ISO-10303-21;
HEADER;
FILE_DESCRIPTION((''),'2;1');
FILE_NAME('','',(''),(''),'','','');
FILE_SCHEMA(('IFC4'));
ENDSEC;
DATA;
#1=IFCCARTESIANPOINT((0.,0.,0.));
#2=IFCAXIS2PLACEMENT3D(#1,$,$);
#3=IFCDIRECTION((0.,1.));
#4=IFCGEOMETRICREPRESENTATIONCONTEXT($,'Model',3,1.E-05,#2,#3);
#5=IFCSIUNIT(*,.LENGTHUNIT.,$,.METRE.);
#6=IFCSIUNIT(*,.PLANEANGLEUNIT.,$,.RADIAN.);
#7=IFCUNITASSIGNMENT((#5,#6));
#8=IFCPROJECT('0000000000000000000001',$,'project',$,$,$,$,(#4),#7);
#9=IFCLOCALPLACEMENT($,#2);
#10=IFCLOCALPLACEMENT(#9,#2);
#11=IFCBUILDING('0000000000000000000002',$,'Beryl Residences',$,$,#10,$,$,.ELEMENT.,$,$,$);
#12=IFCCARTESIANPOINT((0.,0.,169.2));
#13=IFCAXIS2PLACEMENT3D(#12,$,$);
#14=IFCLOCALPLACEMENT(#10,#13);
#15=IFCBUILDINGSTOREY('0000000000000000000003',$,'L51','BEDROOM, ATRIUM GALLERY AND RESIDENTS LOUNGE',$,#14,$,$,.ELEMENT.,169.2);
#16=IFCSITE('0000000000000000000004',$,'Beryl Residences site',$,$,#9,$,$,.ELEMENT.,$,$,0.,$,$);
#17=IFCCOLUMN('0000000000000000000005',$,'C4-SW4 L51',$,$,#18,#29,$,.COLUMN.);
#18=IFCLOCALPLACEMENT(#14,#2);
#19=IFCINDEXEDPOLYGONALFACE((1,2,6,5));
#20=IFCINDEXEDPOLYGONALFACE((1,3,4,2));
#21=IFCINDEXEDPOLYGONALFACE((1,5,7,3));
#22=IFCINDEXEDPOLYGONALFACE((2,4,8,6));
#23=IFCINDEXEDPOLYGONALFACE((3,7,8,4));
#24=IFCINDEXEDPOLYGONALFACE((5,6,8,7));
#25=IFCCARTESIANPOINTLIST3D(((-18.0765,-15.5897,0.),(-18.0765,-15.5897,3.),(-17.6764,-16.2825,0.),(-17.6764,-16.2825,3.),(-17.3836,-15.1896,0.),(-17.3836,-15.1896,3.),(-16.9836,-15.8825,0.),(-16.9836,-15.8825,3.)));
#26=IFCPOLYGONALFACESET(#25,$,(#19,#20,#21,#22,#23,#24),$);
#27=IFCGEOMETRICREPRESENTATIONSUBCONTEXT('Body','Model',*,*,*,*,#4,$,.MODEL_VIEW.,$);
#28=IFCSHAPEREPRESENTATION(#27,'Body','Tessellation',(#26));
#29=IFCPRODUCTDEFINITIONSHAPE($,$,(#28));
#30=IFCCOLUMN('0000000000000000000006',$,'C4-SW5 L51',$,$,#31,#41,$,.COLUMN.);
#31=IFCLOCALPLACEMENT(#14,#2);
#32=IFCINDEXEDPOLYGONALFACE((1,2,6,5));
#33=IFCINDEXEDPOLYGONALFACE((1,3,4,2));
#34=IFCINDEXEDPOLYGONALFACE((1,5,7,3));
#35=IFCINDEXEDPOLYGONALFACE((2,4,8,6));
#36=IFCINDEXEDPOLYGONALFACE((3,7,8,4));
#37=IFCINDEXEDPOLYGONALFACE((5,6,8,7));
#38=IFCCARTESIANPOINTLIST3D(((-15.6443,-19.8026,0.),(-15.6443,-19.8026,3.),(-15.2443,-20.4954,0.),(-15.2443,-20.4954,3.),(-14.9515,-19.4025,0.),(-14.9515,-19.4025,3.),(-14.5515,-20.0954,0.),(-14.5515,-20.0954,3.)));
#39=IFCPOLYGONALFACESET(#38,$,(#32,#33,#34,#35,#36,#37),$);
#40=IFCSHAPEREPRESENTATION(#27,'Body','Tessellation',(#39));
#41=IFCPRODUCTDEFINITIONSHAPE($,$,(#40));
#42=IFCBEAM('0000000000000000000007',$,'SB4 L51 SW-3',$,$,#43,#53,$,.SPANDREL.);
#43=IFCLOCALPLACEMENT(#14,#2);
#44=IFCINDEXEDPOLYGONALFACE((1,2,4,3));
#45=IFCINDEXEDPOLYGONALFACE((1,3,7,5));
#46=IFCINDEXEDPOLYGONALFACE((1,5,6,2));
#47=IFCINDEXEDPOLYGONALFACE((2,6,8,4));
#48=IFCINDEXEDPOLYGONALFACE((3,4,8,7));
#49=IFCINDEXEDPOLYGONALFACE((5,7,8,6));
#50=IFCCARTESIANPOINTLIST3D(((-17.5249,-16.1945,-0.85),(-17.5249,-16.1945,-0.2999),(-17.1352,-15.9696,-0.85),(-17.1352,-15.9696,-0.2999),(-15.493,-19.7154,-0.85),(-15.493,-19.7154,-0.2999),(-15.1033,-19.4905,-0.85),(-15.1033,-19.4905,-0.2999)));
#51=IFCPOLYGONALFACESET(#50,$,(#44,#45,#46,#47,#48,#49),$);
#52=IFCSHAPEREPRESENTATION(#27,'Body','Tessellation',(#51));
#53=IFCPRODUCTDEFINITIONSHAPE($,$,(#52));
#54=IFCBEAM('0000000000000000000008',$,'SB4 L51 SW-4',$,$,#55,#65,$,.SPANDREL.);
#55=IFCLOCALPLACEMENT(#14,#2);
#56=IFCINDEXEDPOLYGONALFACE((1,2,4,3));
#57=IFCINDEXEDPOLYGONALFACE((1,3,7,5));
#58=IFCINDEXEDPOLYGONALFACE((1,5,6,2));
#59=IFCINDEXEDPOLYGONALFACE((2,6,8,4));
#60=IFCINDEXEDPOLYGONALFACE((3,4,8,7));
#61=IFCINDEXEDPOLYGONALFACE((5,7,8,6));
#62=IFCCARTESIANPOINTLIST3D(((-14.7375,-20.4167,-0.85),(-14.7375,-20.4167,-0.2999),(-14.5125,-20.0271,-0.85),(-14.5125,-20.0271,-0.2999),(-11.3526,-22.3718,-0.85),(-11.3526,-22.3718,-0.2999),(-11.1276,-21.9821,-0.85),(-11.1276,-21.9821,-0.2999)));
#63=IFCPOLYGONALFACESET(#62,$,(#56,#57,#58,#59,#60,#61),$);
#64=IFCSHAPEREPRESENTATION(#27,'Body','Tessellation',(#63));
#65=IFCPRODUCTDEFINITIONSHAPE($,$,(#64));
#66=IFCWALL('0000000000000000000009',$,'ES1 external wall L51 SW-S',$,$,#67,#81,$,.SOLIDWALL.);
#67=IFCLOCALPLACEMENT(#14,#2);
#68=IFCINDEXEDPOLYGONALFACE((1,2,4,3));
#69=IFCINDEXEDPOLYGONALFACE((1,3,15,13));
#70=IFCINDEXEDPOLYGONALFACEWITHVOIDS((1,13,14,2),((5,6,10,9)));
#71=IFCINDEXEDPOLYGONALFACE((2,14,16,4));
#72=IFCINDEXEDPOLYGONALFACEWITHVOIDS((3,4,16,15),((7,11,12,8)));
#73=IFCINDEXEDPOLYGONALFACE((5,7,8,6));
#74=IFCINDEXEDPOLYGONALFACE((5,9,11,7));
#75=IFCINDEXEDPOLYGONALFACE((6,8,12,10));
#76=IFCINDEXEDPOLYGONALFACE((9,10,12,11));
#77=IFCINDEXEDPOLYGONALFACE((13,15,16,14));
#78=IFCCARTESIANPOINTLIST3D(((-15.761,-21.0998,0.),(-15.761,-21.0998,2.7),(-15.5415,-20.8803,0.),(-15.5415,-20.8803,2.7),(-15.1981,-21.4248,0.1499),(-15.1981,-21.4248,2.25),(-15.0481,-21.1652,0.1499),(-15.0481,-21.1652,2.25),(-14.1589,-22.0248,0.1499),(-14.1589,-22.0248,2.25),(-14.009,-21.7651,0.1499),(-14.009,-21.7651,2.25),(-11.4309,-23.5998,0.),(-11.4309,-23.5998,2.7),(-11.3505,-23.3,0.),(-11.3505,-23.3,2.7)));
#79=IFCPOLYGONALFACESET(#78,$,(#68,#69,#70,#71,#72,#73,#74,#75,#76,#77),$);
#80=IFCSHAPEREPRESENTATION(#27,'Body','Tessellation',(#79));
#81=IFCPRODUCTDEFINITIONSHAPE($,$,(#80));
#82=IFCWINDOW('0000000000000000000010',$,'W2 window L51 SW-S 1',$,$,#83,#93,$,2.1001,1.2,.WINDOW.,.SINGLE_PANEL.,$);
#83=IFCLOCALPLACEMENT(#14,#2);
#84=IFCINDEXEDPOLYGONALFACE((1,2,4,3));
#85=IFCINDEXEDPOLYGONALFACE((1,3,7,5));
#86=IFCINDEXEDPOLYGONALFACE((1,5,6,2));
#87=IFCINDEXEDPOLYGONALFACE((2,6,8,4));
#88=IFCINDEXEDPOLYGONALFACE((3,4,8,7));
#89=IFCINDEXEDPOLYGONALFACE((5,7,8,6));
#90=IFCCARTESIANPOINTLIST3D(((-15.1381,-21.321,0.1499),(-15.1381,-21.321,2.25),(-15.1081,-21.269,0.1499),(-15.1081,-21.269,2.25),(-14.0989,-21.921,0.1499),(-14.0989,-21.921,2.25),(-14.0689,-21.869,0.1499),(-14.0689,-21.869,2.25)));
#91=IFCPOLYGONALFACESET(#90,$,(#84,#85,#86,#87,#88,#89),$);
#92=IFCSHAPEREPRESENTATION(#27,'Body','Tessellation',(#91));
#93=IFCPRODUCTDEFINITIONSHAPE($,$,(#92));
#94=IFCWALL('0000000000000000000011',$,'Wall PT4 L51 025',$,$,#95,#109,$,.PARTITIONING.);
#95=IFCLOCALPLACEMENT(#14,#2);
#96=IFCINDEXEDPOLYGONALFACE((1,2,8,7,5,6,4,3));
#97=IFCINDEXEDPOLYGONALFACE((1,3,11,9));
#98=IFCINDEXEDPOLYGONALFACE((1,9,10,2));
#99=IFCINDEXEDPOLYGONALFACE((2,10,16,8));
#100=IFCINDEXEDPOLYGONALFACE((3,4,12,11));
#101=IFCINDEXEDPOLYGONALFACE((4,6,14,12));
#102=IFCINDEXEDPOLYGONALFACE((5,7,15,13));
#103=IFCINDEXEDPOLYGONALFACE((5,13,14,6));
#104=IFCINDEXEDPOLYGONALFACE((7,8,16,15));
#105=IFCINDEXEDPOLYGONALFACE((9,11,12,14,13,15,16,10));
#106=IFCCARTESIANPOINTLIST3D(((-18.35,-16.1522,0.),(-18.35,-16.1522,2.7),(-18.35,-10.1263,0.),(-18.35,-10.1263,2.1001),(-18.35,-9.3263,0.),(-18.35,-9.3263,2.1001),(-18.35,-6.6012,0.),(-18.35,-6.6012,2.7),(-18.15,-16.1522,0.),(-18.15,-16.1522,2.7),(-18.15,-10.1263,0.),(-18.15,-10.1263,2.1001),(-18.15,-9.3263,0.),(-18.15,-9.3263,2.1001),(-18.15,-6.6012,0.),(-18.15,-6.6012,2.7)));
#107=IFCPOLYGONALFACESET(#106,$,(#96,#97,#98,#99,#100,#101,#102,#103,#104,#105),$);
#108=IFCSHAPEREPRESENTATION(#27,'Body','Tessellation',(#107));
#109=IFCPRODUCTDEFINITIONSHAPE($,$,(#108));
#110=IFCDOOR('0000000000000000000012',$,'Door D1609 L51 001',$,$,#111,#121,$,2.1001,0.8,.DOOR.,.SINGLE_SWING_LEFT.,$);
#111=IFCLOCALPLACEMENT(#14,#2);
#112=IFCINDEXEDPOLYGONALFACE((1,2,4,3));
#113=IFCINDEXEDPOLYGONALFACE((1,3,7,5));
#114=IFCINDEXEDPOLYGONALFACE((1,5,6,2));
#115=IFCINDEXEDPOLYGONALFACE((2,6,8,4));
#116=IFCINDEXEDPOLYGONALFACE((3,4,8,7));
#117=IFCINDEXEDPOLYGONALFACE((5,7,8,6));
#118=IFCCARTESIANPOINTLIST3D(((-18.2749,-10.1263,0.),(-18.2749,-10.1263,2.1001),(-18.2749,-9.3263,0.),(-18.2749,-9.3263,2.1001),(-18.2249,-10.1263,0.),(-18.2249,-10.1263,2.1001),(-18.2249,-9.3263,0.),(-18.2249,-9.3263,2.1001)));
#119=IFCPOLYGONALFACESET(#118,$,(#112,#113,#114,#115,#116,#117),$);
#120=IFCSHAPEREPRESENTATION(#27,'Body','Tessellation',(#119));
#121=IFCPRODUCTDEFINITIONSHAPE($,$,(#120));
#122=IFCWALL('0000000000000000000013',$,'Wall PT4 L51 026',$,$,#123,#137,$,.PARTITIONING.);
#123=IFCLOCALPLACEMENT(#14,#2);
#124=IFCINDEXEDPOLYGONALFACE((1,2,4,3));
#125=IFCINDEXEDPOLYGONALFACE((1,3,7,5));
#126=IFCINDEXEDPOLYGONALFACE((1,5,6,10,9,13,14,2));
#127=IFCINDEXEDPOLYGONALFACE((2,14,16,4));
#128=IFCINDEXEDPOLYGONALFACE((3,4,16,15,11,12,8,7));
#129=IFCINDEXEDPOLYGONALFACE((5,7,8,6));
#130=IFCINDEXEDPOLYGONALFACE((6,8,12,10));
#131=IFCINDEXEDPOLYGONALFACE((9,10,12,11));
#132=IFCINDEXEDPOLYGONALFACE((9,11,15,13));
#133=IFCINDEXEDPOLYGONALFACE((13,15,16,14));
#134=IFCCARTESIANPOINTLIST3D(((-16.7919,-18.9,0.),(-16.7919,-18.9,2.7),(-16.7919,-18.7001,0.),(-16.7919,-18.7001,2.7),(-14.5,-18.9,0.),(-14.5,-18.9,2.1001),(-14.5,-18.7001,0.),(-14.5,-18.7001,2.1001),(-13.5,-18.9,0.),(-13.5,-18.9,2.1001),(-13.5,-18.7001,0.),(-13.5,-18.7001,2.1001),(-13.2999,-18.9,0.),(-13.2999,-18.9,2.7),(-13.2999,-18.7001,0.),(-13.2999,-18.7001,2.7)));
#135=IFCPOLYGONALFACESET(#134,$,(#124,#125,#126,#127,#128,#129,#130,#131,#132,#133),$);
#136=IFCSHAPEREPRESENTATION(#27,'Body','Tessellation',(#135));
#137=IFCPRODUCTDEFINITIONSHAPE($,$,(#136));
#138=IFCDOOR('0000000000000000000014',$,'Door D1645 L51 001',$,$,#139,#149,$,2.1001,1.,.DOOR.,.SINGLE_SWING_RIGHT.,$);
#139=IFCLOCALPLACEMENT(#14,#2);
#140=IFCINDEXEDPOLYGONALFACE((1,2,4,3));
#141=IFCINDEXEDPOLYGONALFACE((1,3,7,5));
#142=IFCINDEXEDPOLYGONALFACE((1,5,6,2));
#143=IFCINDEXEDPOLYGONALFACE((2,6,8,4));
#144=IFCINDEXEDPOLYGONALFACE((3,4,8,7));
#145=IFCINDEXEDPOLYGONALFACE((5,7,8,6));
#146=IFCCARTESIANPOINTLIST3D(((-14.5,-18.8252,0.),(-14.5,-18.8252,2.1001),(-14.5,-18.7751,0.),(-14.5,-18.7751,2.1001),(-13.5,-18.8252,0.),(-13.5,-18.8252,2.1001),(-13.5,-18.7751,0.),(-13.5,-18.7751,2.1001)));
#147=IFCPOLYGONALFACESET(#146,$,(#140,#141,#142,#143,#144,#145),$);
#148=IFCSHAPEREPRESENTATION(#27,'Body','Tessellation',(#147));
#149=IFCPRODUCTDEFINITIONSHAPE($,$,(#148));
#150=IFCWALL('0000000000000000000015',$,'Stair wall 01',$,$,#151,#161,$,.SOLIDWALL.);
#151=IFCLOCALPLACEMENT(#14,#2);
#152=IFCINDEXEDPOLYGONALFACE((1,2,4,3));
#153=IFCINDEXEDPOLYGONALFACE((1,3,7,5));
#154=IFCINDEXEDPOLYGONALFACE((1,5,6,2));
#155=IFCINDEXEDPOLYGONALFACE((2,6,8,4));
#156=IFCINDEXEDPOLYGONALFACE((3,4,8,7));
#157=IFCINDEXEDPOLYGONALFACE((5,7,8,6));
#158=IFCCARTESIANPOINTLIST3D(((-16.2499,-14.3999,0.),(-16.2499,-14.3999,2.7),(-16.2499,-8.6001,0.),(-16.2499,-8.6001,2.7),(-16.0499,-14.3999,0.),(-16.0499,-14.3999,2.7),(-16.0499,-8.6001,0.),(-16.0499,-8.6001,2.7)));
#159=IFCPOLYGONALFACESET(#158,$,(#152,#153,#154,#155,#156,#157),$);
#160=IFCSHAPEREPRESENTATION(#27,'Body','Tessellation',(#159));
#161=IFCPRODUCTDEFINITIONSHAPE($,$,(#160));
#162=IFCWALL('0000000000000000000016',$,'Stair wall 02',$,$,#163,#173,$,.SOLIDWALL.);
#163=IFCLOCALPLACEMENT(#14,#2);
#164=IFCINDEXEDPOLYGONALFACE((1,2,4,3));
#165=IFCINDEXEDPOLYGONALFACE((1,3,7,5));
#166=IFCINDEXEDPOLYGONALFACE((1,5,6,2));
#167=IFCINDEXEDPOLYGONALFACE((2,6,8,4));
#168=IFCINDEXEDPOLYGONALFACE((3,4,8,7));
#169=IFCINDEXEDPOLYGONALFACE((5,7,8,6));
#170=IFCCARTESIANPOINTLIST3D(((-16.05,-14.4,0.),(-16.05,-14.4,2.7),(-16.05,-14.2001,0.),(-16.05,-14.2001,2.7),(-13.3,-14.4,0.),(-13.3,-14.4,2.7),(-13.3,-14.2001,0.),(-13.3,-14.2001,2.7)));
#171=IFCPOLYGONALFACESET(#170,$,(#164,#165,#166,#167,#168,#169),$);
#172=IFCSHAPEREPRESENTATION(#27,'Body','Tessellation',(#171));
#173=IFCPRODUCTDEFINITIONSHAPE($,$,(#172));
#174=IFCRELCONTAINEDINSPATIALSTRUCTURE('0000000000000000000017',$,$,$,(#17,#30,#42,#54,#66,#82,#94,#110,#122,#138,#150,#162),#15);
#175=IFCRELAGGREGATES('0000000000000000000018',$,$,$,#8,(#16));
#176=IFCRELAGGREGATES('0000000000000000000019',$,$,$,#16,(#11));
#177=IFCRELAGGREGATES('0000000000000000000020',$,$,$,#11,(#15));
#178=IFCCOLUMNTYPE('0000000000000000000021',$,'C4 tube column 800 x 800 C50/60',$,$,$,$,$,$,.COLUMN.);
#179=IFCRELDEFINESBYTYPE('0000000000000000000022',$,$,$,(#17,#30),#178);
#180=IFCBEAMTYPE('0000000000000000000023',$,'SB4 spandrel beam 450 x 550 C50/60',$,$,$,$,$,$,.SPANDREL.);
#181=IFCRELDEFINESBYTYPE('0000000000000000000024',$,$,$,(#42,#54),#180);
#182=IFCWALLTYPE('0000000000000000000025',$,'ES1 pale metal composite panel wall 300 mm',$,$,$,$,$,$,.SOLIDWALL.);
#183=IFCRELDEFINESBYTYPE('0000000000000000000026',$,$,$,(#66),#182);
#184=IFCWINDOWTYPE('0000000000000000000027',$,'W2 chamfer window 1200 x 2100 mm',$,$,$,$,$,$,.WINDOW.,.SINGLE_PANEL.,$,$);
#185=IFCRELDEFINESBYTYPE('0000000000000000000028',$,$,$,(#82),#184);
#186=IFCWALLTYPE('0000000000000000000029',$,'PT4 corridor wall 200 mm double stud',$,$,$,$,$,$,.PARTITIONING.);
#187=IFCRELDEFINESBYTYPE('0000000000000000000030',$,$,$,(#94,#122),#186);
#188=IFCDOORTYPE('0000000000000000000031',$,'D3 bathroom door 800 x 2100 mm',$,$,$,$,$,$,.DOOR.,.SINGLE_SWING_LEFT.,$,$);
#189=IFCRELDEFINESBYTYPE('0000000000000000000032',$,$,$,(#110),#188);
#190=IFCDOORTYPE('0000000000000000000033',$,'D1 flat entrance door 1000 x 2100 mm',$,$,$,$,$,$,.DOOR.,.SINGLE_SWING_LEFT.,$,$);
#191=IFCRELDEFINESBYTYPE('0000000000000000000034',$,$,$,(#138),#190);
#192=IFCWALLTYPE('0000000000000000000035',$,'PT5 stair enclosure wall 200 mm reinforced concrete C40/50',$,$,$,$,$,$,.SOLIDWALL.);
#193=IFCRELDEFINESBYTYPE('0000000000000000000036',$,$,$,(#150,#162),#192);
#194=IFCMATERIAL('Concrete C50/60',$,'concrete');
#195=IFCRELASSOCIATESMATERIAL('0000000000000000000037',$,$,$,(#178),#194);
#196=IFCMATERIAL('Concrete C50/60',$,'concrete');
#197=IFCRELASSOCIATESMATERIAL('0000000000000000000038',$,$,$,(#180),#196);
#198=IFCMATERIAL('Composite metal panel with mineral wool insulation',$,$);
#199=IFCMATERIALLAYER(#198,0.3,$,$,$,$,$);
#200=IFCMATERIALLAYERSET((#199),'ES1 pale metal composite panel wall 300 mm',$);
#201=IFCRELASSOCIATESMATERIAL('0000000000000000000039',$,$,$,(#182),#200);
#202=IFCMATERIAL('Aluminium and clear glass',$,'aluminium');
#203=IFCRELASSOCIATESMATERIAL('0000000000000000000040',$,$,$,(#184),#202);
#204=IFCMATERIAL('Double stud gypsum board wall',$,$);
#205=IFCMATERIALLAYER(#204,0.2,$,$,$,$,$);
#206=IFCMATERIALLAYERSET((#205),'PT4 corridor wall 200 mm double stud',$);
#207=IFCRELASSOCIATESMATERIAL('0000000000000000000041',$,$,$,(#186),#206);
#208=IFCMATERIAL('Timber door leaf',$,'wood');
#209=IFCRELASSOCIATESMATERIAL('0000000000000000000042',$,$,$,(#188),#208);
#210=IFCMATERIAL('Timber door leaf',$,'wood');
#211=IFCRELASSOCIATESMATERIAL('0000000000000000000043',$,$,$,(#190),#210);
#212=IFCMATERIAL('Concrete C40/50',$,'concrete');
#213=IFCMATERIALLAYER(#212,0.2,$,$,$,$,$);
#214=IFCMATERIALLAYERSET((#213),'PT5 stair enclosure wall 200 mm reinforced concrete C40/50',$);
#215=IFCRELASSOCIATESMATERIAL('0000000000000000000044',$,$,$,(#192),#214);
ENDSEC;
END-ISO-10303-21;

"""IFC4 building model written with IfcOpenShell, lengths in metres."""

from ifc_helpers import new_model, si_unit, direction, frame, frame_2d, origin, origin_2d, place, context, subcontext, project, spatial, polyline, rectangle, outline, extrude, material, layer, layer_set, material_profile, profile_set, type_object, element, fill, save


model = new_model("IFC4")

# Units and contexts
model_context = context("Model", 3, precision=1e-05, world=origin(), true_north=direction((0.0, 1.0)))
body_context = subcontext(model_context, "Body", "Model", "MODEL_VIEW")
ifc_project = project(units=[si_unit("LENGTHUNIT", "METRE"), si_unit("PLANEANGLEUNIT", "RADIAN")], contexts=[model_context])

# Site, building, storey
site_placement = place(None, origin())
site = spatial("IfcSite", under=ifc_project, at=site_placement, Name="Beryl Residences site", CompositionType="ELEMENT", RefElevation=0.0)
building_placement = place(site_placement, origin())
building = spatial("IfcBuilding", under=site, at=building_placement, Name="Beryl Residences", CompositionType="ELEMENT")
storey_placement = place(building_placement, frame((0.0, 0.0, 169.2)))
storey = spatial("IfcBuildingStorey", under=building, at=storey_placement, Name="L51", Description="BEDROOM, ATRIUM GALLERY AND RESIDENTS LOUNGE", CompositionType="ELEMENT", Elevation=169.2)

# Columns
ifc_material_1 = material(Name="Concrete C50/60", Category="concrete")
ifc_material_profile_1 = material_profile(ifc_material_1, rectangle(XDim=0.8, YDim=0.8, at=origin_2d()))
ifc_profile_set_1 = profile_set([ifc_material_profile_1], Name="Concrete C50/60")
column_type = type_object("IfcColumnType", Name="C4 tube column 800 x 800 C50/60", PredefinedType="COLUMN", material=ifc_profile_set_1)
for number, where, z_axis, x_axis, name in (
    (1, (-17.53, -15.7361, 0.0), (0.0, 0.0, 1.0), (0.5, -0.866025, 0.0), "C4-SW4 L51"),
    (2, (-15.0979, -19.949, 0.0), (0.0, 0.0, 1.0), (0.5, -0.866025, 0.0), "C4-SW5 L51"),
):
    element("IfcColumn", number, at=place(storey_placement, frame(where, z_axis=z_axis, x_axis=x_axis)), inside=storey, type_object=column_type, Name=name, PredefinedType="COLUMN", context=body_context, shape_type="SweptSolid", body=[
        extrude(rectangle(XDim=0.8, YDim=0.8, at=origin_2d()), origin(), (0.0, 0.0, 1.0), 3.0),
    ])

# Beams
ifc_material_2 = material(Name="Concrete C50/60", Category="concrete")
ifc_material_profile_2 = material_profile(ifc_material_2, rectangle(XDim=0.45, YDim=0.55, at=origin_2d()))
ifc_profile_set_2 = profile_set([ifc_material_profile_2], Name="Concrete C50/60")
beam_type = type_object("IfcBeamType", Name="SB4 spandrel beam 450 x 550 C50/60", PredefinedType="SPANDREL", material=ifc_profile_set_2)
beam_1_placement = place(storey_placement, frame((-17.3301, -16.082, -0.575), z_axis=(0.49984, -0.866118, 0.0), x_axis=(0.866118, 0.49984, 0.0)))
element("IfcBeam", 3, at=beam_1_placement, inside=storey, type_object=beam_type, Name="SB4 L51 SW-3", PredefinedType="SPANDREL", context=body_context, shape_type="SweptSolid", body=[
    extrude(rectangle(XDim=0.45, YDim=0.55, at=origin_2d()), origin(), (0.0, 0.0, 1.0), 4.0652),
])
beam_2_placement = place(storey_placement, frame((-14.625, -20.2219, -0.575), z_axis=(0.865943, -0.500142, 0.0), x_axis=(0.500142, 0.865943, 0.0)))
element("IfcBeam", 4, at=beam_2_placement, inside=storey, type_object=beam_type, Name="SB4 L51 SW-4", PredefinedType="SPANDREL", context=body_context, shape_type="SweptSolid", body=[
    extrude(rectangle(XDim=0.45, YDim=0.55, at=origin_2d()), origin(), (0.0, 0.0, 1.0), 3.9089),
])

# Wall, opening, window
ifc_material_3 = material(Name="Composite metal panel with mineral wool insulation")
ifc_layer_1 = layer(ifc_material_3, 0.3)
ifc_layer_set_1 = layer_set([ifc_layer_1], Name="ES1 pale metal composite panel wall 300 mm")
wall_type_1 = type_object("IfcWallType", Name="ES1 pale metal composite panel wall 300 mm", PredefinedType="SOLIDWALL", material=ifc_layer_set_1)
wall_1_placement = place(storey_placement, frame((-15.686, -20.97, 0.0), z_axis=(0.0, 0.0, 1.0), x_axis=(0.866023, -0.500004, 0.0)))
wall_1 = element("IfcWall", 5, at=wall_1_placement, inside=storey, type_object=wall_type_1, Name="ES1 external wall L51 SW-S", PredefinedType="SOLIDWALL", context=body_context, shape_type="SweptSolid", body=[
    extrude(outline(polyline([(0.0, -0.1499), (5.0, -0.1499), (4.9197, 0.1499), (0.0803, 0.1499), (0.0, -0.1499)])), origin(), (0.0, 0.0, 1.0), 2.7),
])
opening_1_placement = place(wall_1_placement, frame((0.6499, 0.0, 0.1499)))
opening_1 = element("IfcOpeningElement", 6, at=opening_1_placement, cuts=wall_1, PredefinedType="OPENING", context=body_context, shape_type="SweptSolid", body=[
    extrude(rectangle(XDim=1.2, YDim=2.1001, at=frame_2d((0.6001, 1.05))), frame((0.0, 0.1599, 0.0), z_axis=(0.0, -1.0, 0.0), x_axis=(1.0, 0.0, 0.0)), (0.0, 0.0, 1.0), 0.3201),
])
ifc_material_4 = material(Name="Aluminium and clear glass", Category="aluminium")
window_type = type_object("IfcWindowType", Name="W2 chamfer window 1200 x 2100 mm", PartitioningType="SINGLE_PANEL", PredefinedType="WINDOW", material=ifc_material_4)
window_placement = place(opening_1_placement, origin())
window = element("IfcWindow", 7, at=window_placement, inside=storey, type_object=window_type, Name="W2 window L51 SW-S 1", OverallHeight=2.1001, OverallWidth=1.2, PartitioningType="SINGLE_PANEL", PredefinedType="WINDOW", context=body_context, shape_type="SweptSolid", body=[
    extrude(rectangle(XDim=1.2, YDim=2.1001, at=frame_2d((0.6001, 1.05))), frame((0.0, 0.03, 0.0), z_axis=(0.0, -1.0, 0.0), x_axis=(1.0, 0.0, 0.0)), (0.0, 0.0, 1.0), 0.0601),
])
fill(opening_1, window)

# Walls, openings, doors
ifc_material_5 = material(Name="Double stud gypsum board wall")
ifc_layer_2 = layer(ifc_material_5, 0.2)
ifc_layer_set_2 = layer_set([ifc_layer_2], Name="PT4 corridor wall 200 mm double stud")
wall_type_2 = type_object("IfcWallType", Name="PT4 corridor wall 200 mm double stud", PredefinedType="PARTITIONING", material=ifc_layer_set_2)
wall_2_placement = place(storey_placement, frame((-18.25, -16.1521, 0.0), z_axis=(0.0, 0.0, 1.0), x_axis=(0.0, 1.0, 0.0)))
wall_2 = element("IfcWall", 8, at=wall_2_placement, inside=storey, type_object=wall_type_2, Name="Wall PT4 L51 025", PredefinedType="PARTITIONING", context=body_context, shape_type="SweptSolid", body=[
    extrude(rectangle(XDim=9.551, YDim=0.2, at=frame_2d((4.7754, 0.0))), origin(), (0.0, 0.0, 1.0), 2.7),
])
opening_2_placement = place(wall_2_placement, frame((6.0259, 0.0, 0.0)))
opening_2 = element("IfcOpeningElement", 9, at=opening_2_placement, cuts=wall_2, PredefinedType="OPENING", context=body_context, shape_type="SweptSolid", body=[
    extrude(rectangle(XDim=0.8, YDim=2.1001, at=frame_2d((0.3999, 1.05))), frame((0.0, 0.1099, 0.0), z_axis=(0.0, -1.0, 0.0), x_axis=(1.0, 0.0, 0.0)), (0.0, 0.0, 1.0), 0.22),
])
ifc_material_6 = material(Name="Timber door leaf", Category="wood")
door_type_1 = type_object("IfcDoorType", Name="D3 bathroom door 800 x 2100 mm", OperationType="SINGLE_SWING_LEFT", PredefinedType="DOOR", material=ifc_material_6)
door_1_placement = place(opening_2_placement, origin())
door_1 = element("IfcDoor", 10, at=door_1_placement, inside=storey, type_object=door_type_1, Name="Door D1609 L51 001", OperationType="SINGLE_SWING_LEFT", OverallHeight=2.1001, OverallWidth=0.8, PredefinedType="DOOR", context=body_context, shape_type="SweptSolid", body=[
    extrude(rectangle(XDim=0.8, YDim=2.1001, at=frame_2d((0.3999, 1.05))), frame((0.0, 0.0249, 0.0), z_axis=(0.0, -1.0, 0.0), x_axis=(1.0, 0.0, 0.0)), (0.0, 0.0, 1.0), 0.05),
])
fill(opening_2, door_1)
wall_3_placement = place(storey_placement, frame((-16.792, -18.8, 0.0), z_axis=(0.0, 0.0, 1.0), x_axis=(1.0, 0.0, 0.0)))
wall_3 = element("IfcWall", 11, at=wall_3_placement, inside=storey, type_object=wall_type_2, Name="Wall PT4 L51 026", PredefinedType="PARTITIONING", context=body_context, shape_type="SweptSolid", body=[
    extrude(rectangle(XDim=3.4919, YDim=0.2, at=frame_2d((1.7461, 0.0))), origin(), (0.0, 0.0, 1.0), 2.7),
])
opening_3_placement = place(wall_3_placement, frame((2.292, 0.0, 0.0)))
opening_3 = element("IfcOpeningElement", 12, at=opening_3_placement, cuts=wall_3, PredefinedType="OPENING", context=body_context, shape_type="SweptSolid", body=[
    extrude(rectangle(XDim=1.0, YDim=2.1001, at=frame_2d((0.5, 1.05))), frame((0.0, 0.1099, 0.0), z_axis=(0.0, -1.0, 0.0), x_axis=(1.0, 0.0, 0.0)), (0.0, 0.0, 1.0), 0.22),
])
ifc_material_7 = material(Name="Timber door leaf", Category="wood")
door_type_2 = type_object("IfcDoorType", Name="D1 flat entrance door 1000 x 2100 mm", OperationType="SINGLE_SWING_LEFT", PredefinedType="DOOR", material=ifc_material_7)
door_2_placement = place(opening_3_placement, origin())
door_2 = element("IfcDoor", 13, at=door_2_placement, inside=storey, type_object=door_type_2, Name="Door D1645 L51 001", OperationType="SINGLE_SWING_RIGHT", OverallHeight=2.1001, OverallWidth=1.0, PredefinedType="DOOR", context=body_context, shape_type="SweptSolid", body=[
    extrude(rectangle(XDim=1.0, YDim=2.1001, at=frame_2d((0.5, 1.05))), frame((0.0, 0.0249, 0.0), z_axis=(0.0, -1.0, 0.0), x_axis=(1.0, 0.0, 0.0)), (0.0, 0.0, 1.0), 0.05),
])
fill(opening_3, door_2)

# Walls
ifc_material_8 = material(Name="Concrete C40/50", Category="concrete")
ifc_layer_3 = layer(ifc_material_8, 0.2)
ifc_layer_set_3 = layer_set([ifc_layer_3], Name="PT5 stair enclosure wall 200 mm reinforced concrete C40/50")
wall_type_3 = type_object("IfcWallType", Name="PT5 stair enclosure wall 200 mm reinforced concrete C40/50", PredefinedType="SOLIDWALL", material=ifc_layer_set_3)
wall_4_placement = place(storey_placement, frame((-16.1499, -14.3999, 0.0), z_axis=(0.0, 0.0, 1.0), x_axis=(0.0, 1.0, 0.0)))
element("IfcWall", 14, at=wall_4_placement, inside=storey, type_object=wall_type_3, Name="Stair wall 01", PredefinedType="SOLIDWALL", context=body_context, shape_type="SweptSolid", body=[
    extrude(rectangle(XDim=5.7998, YDim=0.2, at=frame_2d((2.8999, 0.0))), origin(), (0.0, 0.0, 1.0), 2.7),
])
wall_5_placement = place(storey_placement, frame((-16.05, -14.3, 0.0), z_axis=(0.0, 0.0, 1.0), x_axis=(1.0, 0.0, 0.0)))
element("IfcWall", 15, at=wall_5_placement, inside=storey, type_object=wall_type_3, Name="Stair wall 02", PredefinedType="SOLIDWALL", context=body_context, shape_type="SweptSolid", body=[
    extrude(rectangle(XDim=2.75, YDim=0.2, at=frame_2d((1.375, 0.0))), origin(), (0.0, 0.0, 1.0), 2.7),
])

save(model, "model.ifc")
